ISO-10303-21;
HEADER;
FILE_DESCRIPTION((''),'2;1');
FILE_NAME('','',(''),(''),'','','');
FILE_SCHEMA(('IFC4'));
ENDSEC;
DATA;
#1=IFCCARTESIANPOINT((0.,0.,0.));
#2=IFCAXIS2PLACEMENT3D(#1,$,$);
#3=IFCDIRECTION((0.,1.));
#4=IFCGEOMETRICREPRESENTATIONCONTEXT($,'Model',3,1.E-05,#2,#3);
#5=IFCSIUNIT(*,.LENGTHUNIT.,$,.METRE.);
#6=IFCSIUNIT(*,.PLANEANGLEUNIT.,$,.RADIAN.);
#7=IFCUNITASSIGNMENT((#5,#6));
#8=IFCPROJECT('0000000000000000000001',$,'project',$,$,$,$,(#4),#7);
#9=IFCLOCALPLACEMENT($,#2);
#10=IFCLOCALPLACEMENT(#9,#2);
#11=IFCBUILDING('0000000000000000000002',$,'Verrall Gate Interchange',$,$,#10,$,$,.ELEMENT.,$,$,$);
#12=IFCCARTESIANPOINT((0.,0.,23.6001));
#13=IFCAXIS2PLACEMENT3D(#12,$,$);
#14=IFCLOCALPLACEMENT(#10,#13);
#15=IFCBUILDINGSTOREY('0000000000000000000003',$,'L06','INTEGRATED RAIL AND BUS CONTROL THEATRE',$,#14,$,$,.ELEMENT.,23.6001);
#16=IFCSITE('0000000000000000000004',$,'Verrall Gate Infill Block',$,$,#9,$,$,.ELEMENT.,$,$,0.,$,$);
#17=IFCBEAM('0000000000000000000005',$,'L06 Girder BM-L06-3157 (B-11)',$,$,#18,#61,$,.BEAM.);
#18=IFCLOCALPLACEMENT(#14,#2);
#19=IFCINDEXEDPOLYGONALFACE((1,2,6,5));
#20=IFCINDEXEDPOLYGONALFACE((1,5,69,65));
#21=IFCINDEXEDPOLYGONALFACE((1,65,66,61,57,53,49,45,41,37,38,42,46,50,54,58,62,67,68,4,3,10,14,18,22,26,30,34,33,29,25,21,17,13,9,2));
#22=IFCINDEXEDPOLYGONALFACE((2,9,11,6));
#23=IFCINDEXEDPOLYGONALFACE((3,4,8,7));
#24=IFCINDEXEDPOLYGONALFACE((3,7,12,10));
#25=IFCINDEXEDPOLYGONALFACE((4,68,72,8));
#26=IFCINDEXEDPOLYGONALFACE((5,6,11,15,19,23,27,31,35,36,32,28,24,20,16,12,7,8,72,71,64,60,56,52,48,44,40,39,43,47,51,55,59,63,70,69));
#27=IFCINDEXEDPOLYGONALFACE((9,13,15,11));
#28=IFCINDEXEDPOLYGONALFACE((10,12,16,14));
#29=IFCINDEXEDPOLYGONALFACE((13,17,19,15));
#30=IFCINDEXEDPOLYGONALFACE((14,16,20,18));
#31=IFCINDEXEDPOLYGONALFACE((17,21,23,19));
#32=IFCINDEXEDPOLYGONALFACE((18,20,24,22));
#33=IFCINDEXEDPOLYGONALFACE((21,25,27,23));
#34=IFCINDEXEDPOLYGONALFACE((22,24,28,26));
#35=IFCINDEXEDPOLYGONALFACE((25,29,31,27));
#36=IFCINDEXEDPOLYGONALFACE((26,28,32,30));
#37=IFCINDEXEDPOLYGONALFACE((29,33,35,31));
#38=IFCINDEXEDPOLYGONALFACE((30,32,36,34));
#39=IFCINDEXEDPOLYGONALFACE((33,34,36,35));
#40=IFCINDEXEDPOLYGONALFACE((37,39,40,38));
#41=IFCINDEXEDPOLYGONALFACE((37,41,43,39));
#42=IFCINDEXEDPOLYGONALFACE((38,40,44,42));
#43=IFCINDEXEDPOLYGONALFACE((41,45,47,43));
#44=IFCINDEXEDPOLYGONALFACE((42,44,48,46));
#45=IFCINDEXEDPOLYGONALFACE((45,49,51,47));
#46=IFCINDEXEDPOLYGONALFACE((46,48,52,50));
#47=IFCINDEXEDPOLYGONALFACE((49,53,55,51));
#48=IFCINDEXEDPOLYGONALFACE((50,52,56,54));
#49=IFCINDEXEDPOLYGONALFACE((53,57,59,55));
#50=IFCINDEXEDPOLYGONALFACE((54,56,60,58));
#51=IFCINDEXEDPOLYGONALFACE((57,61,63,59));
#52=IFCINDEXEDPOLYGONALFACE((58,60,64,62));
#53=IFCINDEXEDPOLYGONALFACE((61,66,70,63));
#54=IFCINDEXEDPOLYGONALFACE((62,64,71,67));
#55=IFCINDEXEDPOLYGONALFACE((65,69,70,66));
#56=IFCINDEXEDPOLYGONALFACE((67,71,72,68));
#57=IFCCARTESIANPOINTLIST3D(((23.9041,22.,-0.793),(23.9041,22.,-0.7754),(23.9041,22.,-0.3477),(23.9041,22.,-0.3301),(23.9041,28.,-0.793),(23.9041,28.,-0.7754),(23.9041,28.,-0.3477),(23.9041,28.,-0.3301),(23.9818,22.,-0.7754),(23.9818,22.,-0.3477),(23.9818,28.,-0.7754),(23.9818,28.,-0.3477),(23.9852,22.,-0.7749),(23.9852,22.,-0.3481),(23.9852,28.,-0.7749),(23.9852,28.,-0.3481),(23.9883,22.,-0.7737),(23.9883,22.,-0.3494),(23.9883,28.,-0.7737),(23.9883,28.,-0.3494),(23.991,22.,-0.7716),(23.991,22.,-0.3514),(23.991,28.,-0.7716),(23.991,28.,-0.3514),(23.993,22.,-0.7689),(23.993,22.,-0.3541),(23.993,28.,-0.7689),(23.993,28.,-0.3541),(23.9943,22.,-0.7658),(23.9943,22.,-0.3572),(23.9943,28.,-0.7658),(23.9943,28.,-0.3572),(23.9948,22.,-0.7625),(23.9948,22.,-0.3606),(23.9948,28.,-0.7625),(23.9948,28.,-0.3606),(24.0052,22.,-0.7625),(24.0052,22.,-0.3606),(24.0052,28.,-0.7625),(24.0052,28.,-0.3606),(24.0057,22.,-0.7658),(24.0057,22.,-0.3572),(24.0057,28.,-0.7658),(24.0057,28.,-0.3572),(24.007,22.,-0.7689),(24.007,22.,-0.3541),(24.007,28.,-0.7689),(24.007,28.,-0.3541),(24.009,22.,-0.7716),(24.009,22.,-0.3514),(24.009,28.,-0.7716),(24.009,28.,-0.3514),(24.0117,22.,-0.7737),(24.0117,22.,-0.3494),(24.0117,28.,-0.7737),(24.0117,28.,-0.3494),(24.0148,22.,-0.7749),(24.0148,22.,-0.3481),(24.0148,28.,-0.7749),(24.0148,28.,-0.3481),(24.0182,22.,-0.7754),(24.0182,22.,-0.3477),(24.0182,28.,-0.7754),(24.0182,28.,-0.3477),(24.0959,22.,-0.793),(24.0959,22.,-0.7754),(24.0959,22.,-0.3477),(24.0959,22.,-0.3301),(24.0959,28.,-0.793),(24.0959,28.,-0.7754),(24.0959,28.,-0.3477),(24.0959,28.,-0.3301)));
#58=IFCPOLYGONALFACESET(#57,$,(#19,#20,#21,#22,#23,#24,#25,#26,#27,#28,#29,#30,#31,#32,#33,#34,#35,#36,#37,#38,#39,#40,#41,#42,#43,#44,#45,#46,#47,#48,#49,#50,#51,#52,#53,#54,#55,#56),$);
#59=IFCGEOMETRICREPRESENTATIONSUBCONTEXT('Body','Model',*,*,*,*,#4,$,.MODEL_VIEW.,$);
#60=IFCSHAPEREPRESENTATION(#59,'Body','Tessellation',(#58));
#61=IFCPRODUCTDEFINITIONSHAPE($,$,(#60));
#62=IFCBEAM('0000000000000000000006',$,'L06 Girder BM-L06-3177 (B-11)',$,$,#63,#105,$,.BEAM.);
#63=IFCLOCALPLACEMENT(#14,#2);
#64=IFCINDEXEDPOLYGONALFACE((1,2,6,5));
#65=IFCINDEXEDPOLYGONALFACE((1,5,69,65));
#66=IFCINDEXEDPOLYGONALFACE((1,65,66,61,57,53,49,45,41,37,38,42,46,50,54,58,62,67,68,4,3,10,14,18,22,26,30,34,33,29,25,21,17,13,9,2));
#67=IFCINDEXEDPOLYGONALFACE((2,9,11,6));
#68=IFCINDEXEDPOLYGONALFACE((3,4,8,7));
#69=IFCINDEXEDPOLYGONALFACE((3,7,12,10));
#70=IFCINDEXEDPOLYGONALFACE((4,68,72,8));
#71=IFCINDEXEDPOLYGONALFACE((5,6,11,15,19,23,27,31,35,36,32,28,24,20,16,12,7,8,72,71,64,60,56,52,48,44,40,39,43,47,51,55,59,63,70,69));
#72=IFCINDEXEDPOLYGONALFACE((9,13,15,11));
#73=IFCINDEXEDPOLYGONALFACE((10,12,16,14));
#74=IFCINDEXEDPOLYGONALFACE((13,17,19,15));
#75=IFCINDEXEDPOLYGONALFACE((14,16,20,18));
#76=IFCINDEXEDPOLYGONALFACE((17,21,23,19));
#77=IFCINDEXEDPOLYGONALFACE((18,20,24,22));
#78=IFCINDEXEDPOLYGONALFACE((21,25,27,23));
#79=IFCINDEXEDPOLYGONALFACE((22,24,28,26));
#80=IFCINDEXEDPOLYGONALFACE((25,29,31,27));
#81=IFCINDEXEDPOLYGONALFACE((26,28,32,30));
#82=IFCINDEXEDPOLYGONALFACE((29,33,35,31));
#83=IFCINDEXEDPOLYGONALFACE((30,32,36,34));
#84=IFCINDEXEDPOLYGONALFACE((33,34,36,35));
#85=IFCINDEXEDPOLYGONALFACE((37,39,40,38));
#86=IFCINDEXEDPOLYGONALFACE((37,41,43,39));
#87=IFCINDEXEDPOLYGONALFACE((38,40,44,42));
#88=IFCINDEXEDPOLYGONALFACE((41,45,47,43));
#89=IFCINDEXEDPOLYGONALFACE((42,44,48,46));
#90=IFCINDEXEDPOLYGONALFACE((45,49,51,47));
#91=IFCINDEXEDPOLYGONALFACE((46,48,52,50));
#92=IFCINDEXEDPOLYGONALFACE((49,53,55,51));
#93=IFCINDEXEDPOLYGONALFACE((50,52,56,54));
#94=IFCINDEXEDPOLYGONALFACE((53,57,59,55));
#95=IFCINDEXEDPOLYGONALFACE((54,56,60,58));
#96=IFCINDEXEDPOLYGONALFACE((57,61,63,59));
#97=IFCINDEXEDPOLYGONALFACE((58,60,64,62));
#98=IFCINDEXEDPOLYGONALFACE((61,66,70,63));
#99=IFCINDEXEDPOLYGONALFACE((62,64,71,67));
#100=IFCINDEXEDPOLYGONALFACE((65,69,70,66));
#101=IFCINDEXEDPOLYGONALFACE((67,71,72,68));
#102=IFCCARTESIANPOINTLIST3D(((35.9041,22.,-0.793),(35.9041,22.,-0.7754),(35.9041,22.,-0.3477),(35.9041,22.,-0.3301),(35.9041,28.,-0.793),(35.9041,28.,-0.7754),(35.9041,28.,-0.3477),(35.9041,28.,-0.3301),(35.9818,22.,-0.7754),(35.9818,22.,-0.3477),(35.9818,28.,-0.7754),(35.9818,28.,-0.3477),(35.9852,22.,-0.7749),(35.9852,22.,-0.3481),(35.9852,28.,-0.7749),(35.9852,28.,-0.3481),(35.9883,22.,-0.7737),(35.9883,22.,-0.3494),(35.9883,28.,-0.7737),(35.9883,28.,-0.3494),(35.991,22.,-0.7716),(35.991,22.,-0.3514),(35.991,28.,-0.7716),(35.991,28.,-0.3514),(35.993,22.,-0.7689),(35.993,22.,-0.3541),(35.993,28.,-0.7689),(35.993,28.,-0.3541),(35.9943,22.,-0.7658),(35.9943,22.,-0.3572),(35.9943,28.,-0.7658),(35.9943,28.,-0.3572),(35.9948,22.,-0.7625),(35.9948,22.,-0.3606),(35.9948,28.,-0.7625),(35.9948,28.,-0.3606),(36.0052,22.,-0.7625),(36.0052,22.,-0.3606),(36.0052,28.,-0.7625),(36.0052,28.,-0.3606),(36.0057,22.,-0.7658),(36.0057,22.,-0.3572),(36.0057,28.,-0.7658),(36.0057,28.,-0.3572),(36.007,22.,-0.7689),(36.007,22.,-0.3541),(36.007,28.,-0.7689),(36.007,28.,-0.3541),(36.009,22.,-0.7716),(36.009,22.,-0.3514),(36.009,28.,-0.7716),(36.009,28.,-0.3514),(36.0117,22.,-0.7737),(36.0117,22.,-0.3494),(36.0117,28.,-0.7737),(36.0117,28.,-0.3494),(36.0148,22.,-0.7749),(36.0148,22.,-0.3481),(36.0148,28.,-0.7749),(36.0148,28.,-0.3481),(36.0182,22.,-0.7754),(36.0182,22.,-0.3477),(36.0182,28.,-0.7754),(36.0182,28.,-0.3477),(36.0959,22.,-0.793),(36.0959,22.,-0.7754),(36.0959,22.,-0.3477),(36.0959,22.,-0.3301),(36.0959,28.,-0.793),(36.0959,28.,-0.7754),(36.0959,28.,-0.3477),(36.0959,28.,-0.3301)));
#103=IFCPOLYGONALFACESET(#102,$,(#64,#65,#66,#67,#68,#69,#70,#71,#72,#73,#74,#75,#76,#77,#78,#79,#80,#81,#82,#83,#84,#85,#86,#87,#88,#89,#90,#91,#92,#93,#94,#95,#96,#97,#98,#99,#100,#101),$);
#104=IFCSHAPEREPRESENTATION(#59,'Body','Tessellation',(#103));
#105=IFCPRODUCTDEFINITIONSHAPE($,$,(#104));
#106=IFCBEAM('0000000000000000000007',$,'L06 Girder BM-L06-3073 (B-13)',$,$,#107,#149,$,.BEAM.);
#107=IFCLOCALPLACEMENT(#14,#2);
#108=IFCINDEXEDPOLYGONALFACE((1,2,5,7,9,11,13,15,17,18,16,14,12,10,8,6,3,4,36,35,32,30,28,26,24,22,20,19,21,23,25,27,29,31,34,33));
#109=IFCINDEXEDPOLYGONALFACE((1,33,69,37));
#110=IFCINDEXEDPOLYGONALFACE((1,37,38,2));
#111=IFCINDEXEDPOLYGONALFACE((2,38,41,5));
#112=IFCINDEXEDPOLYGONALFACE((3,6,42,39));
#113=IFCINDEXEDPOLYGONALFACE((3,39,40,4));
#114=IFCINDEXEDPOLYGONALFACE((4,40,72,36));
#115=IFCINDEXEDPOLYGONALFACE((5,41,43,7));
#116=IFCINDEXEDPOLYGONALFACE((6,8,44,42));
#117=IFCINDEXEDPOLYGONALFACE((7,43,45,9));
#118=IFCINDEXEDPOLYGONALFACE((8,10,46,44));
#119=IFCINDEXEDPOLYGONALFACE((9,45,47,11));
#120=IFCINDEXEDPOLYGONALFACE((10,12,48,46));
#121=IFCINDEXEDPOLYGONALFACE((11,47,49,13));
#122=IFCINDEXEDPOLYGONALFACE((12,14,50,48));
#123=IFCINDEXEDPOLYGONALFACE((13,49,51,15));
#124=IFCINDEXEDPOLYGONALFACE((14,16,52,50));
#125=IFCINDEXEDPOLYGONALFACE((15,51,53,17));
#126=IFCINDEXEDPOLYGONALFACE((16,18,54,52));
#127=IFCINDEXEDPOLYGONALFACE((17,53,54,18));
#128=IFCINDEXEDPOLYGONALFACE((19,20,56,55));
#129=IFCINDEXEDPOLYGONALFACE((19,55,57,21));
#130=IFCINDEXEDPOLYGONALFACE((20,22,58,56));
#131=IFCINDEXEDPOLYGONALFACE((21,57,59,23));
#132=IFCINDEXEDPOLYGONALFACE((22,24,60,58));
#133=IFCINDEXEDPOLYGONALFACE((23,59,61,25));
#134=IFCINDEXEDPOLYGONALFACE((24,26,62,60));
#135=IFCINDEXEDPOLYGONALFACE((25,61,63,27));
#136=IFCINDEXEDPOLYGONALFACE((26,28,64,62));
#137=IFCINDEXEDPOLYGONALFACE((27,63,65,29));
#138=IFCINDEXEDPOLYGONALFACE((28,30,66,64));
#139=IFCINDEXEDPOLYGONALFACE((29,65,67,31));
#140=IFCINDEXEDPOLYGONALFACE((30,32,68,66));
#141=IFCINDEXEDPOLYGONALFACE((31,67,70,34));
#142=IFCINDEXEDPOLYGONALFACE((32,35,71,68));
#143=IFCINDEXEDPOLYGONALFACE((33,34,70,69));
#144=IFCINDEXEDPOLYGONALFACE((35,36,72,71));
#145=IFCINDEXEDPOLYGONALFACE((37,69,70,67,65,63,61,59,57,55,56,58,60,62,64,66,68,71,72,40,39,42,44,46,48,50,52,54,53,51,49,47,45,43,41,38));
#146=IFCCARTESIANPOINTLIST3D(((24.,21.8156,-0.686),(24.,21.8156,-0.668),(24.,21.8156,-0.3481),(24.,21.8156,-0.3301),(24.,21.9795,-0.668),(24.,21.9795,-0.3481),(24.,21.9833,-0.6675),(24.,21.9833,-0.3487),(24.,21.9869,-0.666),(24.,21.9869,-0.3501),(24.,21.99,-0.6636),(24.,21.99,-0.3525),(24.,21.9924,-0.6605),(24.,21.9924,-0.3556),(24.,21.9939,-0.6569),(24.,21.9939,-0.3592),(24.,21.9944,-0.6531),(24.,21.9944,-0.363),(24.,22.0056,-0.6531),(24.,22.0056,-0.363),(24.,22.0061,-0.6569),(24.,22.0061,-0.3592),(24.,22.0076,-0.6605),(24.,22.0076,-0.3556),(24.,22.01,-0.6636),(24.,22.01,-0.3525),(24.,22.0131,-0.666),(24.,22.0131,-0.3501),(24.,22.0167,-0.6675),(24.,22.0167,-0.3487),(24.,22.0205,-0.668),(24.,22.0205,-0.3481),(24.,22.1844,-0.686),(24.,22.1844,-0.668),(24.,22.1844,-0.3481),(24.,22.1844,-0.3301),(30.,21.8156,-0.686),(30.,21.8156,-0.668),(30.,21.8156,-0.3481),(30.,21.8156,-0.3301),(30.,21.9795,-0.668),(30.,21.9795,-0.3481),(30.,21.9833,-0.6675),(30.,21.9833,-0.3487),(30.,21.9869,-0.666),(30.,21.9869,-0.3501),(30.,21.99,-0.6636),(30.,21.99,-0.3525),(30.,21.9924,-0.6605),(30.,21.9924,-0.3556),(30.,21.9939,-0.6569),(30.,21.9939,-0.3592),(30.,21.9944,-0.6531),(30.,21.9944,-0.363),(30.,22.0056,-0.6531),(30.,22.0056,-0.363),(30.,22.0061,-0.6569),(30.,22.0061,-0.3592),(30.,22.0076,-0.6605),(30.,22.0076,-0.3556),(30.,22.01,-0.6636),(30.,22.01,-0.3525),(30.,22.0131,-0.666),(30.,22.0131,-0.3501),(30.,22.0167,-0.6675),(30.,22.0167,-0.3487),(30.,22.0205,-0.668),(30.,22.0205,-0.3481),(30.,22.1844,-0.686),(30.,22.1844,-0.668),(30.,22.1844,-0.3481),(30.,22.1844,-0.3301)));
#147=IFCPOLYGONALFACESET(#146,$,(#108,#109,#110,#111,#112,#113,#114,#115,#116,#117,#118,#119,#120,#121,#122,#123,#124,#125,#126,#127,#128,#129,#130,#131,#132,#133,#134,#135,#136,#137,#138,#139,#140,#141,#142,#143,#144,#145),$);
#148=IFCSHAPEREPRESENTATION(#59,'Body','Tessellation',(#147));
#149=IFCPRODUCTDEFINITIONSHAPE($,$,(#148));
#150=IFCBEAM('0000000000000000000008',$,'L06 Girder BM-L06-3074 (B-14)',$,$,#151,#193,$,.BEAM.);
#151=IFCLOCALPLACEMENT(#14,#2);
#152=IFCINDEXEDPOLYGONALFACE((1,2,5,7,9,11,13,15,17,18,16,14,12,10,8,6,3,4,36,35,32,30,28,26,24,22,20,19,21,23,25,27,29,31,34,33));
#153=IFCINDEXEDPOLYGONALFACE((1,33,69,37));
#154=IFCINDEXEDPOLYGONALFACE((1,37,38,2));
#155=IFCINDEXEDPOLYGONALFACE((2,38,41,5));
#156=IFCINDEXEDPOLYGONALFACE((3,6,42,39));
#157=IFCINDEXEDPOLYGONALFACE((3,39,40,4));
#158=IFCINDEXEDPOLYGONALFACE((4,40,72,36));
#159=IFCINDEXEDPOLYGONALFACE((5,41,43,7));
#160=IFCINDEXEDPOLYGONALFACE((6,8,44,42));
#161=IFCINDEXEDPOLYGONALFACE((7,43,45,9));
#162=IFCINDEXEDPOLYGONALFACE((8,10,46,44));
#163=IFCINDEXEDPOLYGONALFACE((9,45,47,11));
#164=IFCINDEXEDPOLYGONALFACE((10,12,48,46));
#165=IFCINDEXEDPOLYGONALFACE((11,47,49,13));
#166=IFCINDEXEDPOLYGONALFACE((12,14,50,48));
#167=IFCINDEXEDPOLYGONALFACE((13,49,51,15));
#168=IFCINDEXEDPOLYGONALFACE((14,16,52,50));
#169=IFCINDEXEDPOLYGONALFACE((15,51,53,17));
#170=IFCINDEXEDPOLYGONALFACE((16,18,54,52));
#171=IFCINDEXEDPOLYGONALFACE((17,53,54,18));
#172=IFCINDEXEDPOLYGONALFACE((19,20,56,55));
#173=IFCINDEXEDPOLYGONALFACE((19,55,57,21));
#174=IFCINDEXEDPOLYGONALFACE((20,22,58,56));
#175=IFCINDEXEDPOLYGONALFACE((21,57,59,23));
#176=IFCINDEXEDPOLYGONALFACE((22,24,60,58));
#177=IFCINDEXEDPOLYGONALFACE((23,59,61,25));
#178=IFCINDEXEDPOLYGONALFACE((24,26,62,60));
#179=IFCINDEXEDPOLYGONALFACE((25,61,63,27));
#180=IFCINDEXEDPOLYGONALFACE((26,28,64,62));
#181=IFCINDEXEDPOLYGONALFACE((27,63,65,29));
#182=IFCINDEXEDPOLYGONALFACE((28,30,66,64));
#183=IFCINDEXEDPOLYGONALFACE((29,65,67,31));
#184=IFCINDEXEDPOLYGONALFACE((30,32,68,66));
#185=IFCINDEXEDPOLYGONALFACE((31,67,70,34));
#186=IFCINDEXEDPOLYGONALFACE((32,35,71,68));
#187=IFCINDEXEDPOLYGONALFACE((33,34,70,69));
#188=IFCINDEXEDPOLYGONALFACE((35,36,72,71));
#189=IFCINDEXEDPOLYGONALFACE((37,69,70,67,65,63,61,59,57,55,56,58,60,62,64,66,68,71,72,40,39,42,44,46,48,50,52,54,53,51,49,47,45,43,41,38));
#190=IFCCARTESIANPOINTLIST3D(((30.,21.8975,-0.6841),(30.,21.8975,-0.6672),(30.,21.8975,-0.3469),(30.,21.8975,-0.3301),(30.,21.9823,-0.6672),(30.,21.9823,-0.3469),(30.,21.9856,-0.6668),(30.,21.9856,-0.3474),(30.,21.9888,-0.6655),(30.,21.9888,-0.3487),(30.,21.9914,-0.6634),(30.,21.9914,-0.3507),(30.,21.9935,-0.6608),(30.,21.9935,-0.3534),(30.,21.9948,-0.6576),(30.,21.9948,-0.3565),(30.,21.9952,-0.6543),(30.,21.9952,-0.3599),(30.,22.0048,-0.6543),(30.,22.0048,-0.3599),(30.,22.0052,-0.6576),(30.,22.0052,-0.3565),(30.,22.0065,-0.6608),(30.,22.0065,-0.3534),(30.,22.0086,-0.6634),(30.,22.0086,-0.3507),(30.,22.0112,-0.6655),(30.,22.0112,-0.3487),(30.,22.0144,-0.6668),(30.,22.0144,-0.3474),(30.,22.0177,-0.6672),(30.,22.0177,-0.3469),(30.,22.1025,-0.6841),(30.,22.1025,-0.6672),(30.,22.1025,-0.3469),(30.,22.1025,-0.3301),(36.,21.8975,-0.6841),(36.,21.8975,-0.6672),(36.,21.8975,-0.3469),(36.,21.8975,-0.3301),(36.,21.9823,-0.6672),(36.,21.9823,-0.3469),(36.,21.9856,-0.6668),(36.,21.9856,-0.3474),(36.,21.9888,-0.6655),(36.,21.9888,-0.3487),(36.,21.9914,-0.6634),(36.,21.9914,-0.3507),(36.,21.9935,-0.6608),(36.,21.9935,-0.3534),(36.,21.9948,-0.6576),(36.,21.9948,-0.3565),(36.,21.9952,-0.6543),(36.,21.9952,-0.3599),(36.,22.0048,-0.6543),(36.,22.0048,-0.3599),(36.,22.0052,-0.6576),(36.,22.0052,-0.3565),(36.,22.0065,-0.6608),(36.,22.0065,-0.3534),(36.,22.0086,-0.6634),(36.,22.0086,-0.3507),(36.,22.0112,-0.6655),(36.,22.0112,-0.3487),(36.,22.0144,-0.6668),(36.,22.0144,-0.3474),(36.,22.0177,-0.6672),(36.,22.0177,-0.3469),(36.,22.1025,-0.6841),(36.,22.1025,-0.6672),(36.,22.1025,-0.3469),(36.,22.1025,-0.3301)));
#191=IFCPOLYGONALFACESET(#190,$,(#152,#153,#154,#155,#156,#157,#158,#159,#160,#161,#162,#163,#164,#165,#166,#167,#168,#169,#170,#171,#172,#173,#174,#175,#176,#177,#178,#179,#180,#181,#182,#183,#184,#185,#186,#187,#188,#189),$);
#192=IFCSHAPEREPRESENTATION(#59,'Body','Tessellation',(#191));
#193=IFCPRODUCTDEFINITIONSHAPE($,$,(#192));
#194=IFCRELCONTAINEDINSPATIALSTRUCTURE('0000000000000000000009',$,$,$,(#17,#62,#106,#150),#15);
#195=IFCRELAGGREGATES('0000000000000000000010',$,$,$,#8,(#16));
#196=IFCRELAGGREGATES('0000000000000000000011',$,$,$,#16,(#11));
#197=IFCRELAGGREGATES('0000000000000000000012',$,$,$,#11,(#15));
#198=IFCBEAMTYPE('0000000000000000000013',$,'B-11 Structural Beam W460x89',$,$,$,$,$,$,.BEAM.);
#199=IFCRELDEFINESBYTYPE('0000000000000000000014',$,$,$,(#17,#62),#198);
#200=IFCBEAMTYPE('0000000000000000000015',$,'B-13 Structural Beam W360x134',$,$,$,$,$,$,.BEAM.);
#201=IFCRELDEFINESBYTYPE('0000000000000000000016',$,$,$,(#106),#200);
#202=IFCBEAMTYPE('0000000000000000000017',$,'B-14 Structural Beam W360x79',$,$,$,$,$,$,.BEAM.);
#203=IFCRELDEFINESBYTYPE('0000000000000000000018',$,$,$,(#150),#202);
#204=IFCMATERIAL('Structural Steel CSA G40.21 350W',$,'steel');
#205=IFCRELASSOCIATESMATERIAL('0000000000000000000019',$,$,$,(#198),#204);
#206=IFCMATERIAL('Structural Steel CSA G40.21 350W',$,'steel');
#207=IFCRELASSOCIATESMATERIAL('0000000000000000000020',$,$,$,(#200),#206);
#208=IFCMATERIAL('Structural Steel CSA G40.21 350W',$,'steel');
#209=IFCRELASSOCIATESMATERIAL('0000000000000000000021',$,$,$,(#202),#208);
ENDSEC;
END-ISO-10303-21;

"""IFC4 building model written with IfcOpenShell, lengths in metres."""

from ifc_helpers import new_model, si_unit, direction, frame, origin, origin_2d, place, context, subcontext, project, spatial, i_section, extrude, material, material_profile, profile_set, type_object, element, save


model = new_model("IFC4")

# Units and contexts
model_context = context("Model", 3, precision=1e-05, world=origin(), true_north=direction((0.0, 1.0)))
body_context = subcontext(model_context, "Body", "Model", "MODEL_VIEW")
ifc_project = project(units=[si_unit("LENGTHUNIT", "METRE"), si_unit("PLANEANGLEUNIT", "RADIAN")], contexts=[model_context])

# Site, building, storey
site_placement = place(None, origin())
site = spatial("IfcSite", under=ifc_project, at=site_placement, Name="Verrall Gate Infill Block", CompositionType="ELEMENT", RefElevation=0.0)
building_placement = place(site_placement, origin())
building = spatial("IfcBuilding", under=site, at=building_placement, Name="Verrall Gate Interchange", CompositionType="ELEMENT")
storey_placement = place(building_placement, frame((0.0, 0.0, 23.6001)))
storey = spatial("IfcBuildingStorey", under=building, at=storey_placement, Name="L06", Description="INTEGRATED RAIL AND BUS CONTROL THEATRE", CompositionType="ELEMENT", Elevation=23.6001)

# Beams
ifc_material_1 = material(Name="Structural Steel CSA G40.21 350W", Category="steel")
ifc_material_profile_1 = material_profile(ifc_material_1, i_section(OverallWidth=0.1919, OverallDepth=0.4629, WebThickness=0.0105, FlangeThickness=0.0176, FilletRadius=0.0129, at=origin_2d()), Name="W460x89")
ifc_profile_set_1 = profile_set([ifc_material_profile_1], Name="Structural Steel CSA G40.21 350W")
beam_type_1 = type_object("IfcBeamType", Name="B-11 Structural Beam W460x89", PredefinedType="BEAM", material=ifc_profile_set_1)
for number, where, z_axis, x_axis, name in (
    (1, (24.0, 22.0, -0.5615), (0.0, 1.0, 0.0), (-1.0, 0.0, 0.0), "L06 Girder BM-L06-3157 (B-11)"),
    (2, (36.0, 22.0, -0.5615), (0.0, 1.0, 0.0), (-1.0, 0.0, 0.0), "L06 Girder BM-L06-3177 (B-11)"),
):
    element("IfcBeam", number, at=place(storey_placement, frame(where, z_axis=z_axis, x_axis=x_axis)), inside=storey, type_object=beam_type_1, Name=name, PredefinedType="BEAM", context=body_context, shape_type="SweptSolid", body=[
        extrude(i_section(OverallWidth=0.1919, OverallDepth=0.4629, WebThickness=0.0105, FlangeThickness=0.0176, FilletRadius=0.0129, at=origin_2d()), origin(), (0.0, 0.0, 1.0), 6.0),
    ])
ifc_material_2 = material(Name="Structural Steel CSA G40.21 350W", Category="steel")
ifc_material_profile_2 = material_profile(ifc_material_2, i_section(OverallWidth=0.3689, OverallDepth=0.356, WebThickness=0.0112, FlangeThickness=0.0181, FilletRadius=0.0149, at=origin_2d()), Name="W360x134")
ifc_profile_set_2 = profile_set([ifc_material_profile_2], Name="Structural Steel CSA G40.21 350W")
beam_type_2 = type_object("IfcBeamType", Name="B-13 Structural Beam W360x134", PredefinedType="BEAM", material=ifc_profile_set_2)
beam_1_placement = place(storey_placement, frame((24.0, 22.0, -0.5081), z_axis=(1.0, 0.0, 0.0), x_axis=(0.0, 1.0, 0.0)))
element("IfcBeam", 3, at=beam_1_placement, inside=storey, type_object=beam_type_2, Name="L06 Girder BM-L06-3073 (B-13)", PredefinedType="BEAM", context=body_context, shape_type="SweptSolid", body=[
    extrude(i_section(OverallWidth=0.3689, OverallDepth=0.356, WebThickness=0.0112, FlangeThickness=0.0181, FilletRadius=0.0149, at=origin_2d()), origin(), (0.0, 0.0, 1.0), 6.0),
])
ifc_material_3 = material(Name="Structural Steel CSA G40.21 350W", Category="steel")
ifc_material_profile_3 = material_profile(ifc_material_3, i_section(OverallWidth=0.2051, OverallDepth=0.354, WebThickness=0.0095, FlangeThickness=0.0168, FilletRadius=0.0129, at=origin_2d()), Name="W360x79")
ifc_profile_set_3 = profile_set([ifc_material_profile_3], Name="Structural Steel CSA G40.21 350W")
beam_type_3 = type_object("IfcBeamType", Name="B-14 Structural Beam W360x79", PredefinedType="BEAM", material=ifc_profile_set_3)
for number, where, z_axis, x_axis, name in (
    (4, (30.0, 22.0, -0.5071), (1.0, 0.0, 0.0), (0.0, 1.0, 0.0), "L06 Girder BM-L06-3074 (B-14)"),
):
    element("IfcBeam", number, at=place(storey_placement, frame(where, z_axis=z_axis, x_axis=x_axis)), inside=storey, type_object=beam_type_3, Name=name, PredefinedType="BEAM", context=body_context, shape_type="SweptSolid", body=[
        extrude(i_section(OverallWidth=0.2051, OverallDepth=0.354, WebThickness=0.0095, FlangeThickness=0.0168, FilletRadius=0.0129, at=origin_2d()), origin(), (0.0, 0.0, 1.0), 6.0),
    ])

save(model, "model.ifc")
